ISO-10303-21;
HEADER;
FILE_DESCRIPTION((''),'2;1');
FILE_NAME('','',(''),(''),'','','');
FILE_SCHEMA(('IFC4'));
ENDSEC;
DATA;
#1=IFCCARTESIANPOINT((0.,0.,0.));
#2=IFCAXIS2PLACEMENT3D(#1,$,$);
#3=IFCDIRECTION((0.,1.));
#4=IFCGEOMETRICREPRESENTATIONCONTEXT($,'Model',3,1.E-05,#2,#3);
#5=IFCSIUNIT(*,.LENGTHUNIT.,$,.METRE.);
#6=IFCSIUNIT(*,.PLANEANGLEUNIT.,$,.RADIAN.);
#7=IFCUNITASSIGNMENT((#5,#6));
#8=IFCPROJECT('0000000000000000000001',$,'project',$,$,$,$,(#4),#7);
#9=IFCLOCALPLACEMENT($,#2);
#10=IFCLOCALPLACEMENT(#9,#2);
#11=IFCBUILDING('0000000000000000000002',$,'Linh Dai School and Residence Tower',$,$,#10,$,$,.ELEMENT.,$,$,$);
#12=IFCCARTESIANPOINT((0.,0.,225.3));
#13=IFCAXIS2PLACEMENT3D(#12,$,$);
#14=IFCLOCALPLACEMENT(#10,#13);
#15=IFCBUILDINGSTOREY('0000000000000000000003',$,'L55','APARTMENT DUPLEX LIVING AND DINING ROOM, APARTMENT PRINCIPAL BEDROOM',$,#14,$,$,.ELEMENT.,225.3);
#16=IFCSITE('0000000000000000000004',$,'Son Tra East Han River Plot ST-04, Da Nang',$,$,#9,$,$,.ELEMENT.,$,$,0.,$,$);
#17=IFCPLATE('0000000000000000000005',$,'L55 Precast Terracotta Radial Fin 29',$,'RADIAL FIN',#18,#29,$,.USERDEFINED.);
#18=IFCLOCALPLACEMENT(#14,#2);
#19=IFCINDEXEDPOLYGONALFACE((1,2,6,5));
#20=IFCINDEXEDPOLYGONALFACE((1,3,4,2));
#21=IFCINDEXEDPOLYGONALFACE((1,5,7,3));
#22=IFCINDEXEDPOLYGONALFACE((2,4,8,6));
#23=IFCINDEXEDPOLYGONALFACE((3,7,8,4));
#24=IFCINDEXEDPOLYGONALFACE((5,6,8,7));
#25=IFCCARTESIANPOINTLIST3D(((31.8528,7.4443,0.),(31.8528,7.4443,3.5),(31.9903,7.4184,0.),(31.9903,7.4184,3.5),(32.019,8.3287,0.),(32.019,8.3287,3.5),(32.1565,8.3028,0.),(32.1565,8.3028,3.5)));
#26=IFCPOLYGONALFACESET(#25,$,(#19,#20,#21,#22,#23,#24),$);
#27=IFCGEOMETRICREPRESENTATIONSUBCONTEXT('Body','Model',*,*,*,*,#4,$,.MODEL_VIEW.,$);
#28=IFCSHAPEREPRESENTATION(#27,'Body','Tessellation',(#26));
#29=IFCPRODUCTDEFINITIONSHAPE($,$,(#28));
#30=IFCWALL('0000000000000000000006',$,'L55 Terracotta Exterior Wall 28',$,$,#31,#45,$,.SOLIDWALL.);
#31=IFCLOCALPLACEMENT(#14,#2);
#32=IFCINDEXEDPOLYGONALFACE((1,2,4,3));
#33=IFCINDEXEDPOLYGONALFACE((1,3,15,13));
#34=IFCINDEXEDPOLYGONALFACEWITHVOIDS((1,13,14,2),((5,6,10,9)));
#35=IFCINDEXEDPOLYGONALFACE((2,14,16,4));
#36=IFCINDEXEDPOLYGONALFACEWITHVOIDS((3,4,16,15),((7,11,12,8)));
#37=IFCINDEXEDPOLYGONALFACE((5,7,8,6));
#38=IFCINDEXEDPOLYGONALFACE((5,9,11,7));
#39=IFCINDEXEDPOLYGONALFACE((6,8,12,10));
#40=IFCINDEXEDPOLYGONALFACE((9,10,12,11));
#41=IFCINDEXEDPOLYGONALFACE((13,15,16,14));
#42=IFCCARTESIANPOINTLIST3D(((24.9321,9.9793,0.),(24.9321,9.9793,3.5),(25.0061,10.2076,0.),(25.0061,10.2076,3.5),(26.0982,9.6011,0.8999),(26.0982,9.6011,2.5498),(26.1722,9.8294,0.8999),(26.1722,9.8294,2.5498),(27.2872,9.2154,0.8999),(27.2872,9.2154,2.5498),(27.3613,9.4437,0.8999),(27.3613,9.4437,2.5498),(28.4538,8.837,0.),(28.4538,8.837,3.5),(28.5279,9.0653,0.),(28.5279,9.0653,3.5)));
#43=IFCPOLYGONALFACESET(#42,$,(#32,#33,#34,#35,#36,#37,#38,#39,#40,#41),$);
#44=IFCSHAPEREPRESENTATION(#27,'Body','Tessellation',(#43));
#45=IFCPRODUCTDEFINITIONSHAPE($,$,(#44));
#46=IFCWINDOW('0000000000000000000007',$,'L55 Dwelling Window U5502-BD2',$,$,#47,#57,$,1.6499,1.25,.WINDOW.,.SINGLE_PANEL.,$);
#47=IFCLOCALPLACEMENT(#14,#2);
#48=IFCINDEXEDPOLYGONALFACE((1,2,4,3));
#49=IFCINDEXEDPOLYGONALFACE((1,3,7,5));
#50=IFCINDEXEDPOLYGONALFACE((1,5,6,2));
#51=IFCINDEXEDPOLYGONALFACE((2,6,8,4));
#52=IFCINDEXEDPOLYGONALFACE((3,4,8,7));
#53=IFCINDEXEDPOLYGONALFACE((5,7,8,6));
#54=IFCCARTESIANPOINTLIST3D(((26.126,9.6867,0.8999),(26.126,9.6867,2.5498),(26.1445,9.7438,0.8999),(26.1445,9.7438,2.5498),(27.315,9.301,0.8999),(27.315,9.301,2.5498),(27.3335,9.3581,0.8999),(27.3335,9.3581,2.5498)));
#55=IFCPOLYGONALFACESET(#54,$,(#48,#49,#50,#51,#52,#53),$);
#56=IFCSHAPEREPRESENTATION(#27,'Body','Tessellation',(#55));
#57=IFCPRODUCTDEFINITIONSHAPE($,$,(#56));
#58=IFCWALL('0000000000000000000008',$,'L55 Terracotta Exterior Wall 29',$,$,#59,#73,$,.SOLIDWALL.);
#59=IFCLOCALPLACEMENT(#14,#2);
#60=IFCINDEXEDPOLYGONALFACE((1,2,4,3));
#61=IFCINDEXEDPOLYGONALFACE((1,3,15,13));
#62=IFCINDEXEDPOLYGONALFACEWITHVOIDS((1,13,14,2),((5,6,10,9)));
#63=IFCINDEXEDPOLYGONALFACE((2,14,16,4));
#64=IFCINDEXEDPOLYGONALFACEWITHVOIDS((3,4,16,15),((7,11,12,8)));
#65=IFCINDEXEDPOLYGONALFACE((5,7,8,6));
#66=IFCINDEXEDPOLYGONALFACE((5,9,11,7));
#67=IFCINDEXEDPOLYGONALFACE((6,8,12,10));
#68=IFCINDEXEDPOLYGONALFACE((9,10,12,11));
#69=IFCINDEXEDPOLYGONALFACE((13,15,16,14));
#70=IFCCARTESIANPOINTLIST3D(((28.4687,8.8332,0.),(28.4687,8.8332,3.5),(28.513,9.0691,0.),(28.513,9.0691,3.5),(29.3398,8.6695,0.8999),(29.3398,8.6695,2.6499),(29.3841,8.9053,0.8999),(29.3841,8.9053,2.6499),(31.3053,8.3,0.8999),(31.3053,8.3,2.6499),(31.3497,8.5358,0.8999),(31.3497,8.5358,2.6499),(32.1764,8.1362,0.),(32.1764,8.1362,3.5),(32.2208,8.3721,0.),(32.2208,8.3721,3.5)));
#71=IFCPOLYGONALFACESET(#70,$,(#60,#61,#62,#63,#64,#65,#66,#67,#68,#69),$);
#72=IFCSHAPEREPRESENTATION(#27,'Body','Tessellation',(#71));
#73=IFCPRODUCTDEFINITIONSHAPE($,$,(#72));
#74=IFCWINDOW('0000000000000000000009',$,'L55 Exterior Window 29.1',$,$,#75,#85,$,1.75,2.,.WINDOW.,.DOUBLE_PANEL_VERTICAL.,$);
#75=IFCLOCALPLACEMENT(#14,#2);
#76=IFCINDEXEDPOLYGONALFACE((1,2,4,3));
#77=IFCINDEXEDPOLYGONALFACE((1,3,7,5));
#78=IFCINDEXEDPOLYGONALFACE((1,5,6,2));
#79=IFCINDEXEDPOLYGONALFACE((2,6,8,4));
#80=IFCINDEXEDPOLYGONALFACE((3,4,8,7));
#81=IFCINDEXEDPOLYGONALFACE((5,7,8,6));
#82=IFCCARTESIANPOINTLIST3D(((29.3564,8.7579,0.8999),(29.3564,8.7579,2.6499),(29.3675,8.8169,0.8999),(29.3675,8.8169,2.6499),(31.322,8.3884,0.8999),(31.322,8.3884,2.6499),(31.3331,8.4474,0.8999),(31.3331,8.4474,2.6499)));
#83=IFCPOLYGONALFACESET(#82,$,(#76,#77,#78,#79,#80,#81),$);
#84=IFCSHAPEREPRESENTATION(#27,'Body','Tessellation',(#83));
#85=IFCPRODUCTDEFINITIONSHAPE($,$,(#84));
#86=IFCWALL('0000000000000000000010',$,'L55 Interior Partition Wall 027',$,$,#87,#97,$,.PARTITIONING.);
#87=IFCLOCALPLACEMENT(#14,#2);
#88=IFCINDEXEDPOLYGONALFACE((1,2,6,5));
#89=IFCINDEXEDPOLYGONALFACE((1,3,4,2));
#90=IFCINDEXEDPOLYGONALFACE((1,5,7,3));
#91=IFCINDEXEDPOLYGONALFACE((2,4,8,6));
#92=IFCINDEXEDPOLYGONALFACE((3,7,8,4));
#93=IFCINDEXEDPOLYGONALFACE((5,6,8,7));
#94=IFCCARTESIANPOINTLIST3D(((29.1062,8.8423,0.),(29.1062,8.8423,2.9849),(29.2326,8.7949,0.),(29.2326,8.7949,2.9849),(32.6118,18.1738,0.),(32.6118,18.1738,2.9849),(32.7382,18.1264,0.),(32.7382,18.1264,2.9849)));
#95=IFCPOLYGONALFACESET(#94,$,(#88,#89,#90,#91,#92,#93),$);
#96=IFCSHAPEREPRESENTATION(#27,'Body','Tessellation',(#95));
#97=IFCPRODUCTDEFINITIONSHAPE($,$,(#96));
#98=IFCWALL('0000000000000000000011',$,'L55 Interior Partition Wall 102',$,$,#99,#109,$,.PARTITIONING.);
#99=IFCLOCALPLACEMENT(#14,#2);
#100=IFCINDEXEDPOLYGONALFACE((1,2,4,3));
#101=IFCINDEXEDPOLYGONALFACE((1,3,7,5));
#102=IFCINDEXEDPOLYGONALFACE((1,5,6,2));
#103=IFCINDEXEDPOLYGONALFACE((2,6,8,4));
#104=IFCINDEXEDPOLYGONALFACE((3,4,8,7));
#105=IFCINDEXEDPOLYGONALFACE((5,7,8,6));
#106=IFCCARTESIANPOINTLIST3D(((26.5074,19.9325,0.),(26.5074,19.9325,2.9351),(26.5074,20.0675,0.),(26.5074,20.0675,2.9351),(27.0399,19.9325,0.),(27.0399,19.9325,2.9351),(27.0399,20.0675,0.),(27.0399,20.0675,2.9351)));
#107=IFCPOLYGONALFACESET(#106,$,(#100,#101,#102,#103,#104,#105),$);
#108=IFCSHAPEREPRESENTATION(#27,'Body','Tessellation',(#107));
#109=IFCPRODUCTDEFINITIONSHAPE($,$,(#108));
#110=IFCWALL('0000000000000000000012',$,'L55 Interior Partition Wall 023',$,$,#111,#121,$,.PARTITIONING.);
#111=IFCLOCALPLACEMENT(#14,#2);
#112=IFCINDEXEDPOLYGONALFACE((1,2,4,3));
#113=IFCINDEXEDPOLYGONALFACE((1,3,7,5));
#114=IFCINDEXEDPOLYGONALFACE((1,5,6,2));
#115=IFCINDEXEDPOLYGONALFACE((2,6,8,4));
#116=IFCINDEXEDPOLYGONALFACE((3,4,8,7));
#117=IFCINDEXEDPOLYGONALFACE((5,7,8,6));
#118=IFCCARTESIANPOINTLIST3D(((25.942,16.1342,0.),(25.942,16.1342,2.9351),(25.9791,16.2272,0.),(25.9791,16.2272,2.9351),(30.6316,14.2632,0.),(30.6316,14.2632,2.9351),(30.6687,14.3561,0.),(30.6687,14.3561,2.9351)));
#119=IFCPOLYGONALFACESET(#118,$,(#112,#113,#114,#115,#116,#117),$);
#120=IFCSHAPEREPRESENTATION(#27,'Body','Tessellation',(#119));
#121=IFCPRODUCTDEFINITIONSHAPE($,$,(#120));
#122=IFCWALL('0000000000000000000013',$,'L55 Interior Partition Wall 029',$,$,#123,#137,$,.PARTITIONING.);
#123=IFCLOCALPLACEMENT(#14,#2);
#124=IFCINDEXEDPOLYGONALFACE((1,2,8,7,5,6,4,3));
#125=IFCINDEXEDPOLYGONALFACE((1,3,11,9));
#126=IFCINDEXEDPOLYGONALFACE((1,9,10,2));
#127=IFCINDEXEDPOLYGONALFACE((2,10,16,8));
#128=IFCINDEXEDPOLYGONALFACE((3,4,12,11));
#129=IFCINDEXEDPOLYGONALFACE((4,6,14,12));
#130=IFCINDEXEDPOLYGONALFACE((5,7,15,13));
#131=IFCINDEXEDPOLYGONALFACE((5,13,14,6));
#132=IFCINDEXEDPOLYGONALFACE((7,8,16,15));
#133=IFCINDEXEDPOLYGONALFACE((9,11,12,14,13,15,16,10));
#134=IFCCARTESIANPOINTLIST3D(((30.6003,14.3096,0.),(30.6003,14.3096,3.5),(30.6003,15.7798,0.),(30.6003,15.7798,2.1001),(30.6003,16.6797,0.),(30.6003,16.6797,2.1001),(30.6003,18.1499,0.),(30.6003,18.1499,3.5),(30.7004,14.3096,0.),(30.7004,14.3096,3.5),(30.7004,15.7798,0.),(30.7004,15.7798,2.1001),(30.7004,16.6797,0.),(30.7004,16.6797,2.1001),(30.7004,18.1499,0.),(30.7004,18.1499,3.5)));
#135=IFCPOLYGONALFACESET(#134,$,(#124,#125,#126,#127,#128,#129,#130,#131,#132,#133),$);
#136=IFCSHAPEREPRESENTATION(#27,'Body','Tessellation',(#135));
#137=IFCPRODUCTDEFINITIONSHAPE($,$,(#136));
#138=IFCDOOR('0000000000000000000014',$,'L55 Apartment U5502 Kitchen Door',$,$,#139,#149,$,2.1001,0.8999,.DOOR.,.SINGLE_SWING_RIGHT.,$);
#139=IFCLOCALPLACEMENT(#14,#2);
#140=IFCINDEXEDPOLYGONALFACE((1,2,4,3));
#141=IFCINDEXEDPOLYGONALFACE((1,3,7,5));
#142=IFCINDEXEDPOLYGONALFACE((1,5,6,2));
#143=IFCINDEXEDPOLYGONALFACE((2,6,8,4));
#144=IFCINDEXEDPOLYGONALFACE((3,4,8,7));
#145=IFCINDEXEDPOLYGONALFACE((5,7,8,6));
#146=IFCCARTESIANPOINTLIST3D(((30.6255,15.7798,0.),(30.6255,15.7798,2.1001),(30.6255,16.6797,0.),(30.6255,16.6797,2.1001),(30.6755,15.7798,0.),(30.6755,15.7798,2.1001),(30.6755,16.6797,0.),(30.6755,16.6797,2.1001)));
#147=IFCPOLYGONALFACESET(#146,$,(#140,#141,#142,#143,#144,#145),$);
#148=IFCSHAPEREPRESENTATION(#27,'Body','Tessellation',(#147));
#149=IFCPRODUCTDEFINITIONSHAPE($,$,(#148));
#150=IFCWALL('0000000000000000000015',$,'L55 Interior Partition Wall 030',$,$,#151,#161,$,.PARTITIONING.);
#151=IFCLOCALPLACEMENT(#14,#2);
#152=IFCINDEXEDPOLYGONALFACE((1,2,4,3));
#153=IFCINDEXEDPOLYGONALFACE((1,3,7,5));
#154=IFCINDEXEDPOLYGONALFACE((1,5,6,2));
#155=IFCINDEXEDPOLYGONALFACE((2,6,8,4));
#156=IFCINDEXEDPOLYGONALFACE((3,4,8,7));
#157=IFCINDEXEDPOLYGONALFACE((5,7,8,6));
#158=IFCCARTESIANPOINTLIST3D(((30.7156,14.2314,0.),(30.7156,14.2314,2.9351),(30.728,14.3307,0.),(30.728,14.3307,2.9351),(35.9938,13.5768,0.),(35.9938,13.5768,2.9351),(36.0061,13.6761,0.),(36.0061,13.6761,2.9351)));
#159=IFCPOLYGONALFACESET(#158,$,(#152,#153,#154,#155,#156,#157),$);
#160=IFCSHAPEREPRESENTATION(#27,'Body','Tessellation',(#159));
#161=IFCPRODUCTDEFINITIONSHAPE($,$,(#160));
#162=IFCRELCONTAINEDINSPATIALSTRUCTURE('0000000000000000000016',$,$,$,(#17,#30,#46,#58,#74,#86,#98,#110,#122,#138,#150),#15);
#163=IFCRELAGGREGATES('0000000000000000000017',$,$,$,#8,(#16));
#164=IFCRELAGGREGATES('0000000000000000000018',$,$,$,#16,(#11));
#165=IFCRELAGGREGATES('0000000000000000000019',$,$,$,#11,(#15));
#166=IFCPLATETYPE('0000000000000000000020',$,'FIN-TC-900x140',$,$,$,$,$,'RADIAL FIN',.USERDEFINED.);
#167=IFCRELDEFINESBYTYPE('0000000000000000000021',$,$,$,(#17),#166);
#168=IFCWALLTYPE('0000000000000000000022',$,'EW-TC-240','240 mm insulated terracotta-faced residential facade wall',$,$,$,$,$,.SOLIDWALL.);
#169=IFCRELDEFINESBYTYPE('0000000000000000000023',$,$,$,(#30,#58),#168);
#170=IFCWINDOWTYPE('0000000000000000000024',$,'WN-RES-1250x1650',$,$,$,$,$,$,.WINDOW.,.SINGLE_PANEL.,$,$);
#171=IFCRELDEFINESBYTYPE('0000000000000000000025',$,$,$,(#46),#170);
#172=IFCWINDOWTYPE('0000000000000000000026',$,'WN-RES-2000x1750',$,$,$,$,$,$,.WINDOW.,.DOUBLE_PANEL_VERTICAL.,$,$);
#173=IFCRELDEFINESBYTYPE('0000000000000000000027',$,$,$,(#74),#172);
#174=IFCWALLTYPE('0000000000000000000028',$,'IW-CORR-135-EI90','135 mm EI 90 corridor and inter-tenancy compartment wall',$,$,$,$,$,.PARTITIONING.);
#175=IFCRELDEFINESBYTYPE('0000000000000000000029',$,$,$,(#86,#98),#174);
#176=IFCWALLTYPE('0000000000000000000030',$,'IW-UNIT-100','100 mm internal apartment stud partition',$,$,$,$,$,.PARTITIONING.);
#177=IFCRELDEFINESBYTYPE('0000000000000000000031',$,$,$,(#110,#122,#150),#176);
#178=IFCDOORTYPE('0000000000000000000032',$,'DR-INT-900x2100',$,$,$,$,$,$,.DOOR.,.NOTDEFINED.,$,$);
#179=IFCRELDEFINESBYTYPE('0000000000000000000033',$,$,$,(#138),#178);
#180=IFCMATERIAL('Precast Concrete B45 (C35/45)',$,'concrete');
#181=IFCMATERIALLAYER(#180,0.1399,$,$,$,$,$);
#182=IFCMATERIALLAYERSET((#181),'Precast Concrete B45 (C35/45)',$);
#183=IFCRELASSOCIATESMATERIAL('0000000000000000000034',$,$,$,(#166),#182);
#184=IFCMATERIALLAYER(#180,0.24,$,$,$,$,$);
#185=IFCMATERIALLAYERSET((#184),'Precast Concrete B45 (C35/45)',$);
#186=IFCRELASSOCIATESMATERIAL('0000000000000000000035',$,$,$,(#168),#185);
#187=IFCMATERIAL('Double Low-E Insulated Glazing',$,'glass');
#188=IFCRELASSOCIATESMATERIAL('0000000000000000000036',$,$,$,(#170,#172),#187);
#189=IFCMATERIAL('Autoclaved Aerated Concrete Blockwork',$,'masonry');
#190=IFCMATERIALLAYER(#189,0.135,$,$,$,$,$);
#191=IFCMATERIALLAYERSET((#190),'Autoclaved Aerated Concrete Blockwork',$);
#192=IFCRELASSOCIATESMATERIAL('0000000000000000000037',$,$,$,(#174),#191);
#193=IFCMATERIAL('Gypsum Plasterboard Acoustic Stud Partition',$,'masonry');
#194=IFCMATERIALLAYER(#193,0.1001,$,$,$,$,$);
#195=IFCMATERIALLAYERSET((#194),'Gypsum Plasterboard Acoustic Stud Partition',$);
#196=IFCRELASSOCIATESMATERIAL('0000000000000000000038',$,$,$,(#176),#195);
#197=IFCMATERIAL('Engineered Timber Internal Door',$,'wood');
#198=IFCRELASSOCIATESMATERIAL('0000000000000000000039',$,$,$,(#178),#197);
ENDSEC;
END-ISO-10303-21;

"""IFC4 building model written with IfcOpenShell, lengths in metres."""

from ifc_helpers import new_model, si_unit, direction, frame, frame_2d, origin, origin_2d, place, context, subcontext, project, spatial, rectangle, extrude, source, transform, mapped, material, layer, layer_set, type_object, element, fill, save


model = new_model("IFC4")

# Units and contexts
model_context = context("Model", 3, precision=1e-05, world=origin(), true_north=direction((0.0, 1.0)))
body_context = subcontext(model_context, "Body", "Model", "MODEL_VIEW")
ifc_project = project(units=[si_unit("LENGTHUNIT", "METRE"), si_unit("PLANEANGLEUNIT", "RADIAN")], contexts=[model_context])

# Site, building, storey
site_placement = place(None, origin())
site = spatial("IfcSite", under=ifc_project, at=site_placement, Name="Son Tra East Han River Plot ST-04, Da Nang", CompositionType="ELEMENT", RefElevation=0.0)
building_placement = place(site_placement, origin())
building = spatial("IfcBuilding", under=site, at=building_placement, Name="Linh Dai School and Residence Tower", CompositionType="ELEMENT")
storey_placement = place(building_placement, frame((0.0, 0.0, 225.3)))
storey = spatial("IfcBuildingStorey", under=building, at=storey_placement, Name="L55", Description="APARTMENT DUPLEX LIVING AND DINING ROOM, APARTMENT PRINCIPAL BEDROOM", CompositionType="ELEMENT", Elevation=225.3)

# Plate
ifc_material_1 = material(Name="Precast Concrete B45 (C35/45)", Category="concrete")
ifc_layer_1 = layer(ifc_material_1, 0.1399)
ifc_layer_set_1 = layer_set([ifc_layer_1], Name="Precast Concrete B45 (C35/45)")
plate_type = type_object("IfcPlateType", Name="FIN-TC-900x140", ElementType="RADIAL FIN", PredefinedType="USERDEFINED", material=ifc_layer_set_1)
shared_shape_1 = source(origin(), body_context, "Body", "SweptSolid", [
    extrude(rectangle(XDim=0.8999, YDim=0.1399, at=origin_2d()), origin(), (0.0, 0.0, 1.0), 3.5),
])
plate_placement = place(storey_placement, frame((32.0046, 7.8735, 0.0), z_axis=(0.0, 0.0, 1.0), x_axis=(-0.184744, -0.982787, 0.0)))
element("IfcPlate", 1, at=plate_placement, inside=storey, type_object=plate_type, Name="L55 Precast Terracotta Radial Fin 29", ObjectType="RADIAL FIN", PredefinedType="USERDEFINED", context=body_context, shape_type="MappedRepresentation", body=[
    mapped(shared_shape_1, transform((0.0, 0.0, 0.0), x_axis=(1.0, 0.0, 0.0), y_axis=(0.0, 1.0, 0.0), z_axis=(0.0, 0.0, 1.0), scale=1.0)),
])

# Walls, openings, windows
ifc_layer_2 = layer(ifc_material_1, 0.24)
ifc_layer_set_2 = layer_set([ifc_layer_2], Name="Precast Concrete B45 (C35/45)")
wall_type_1 = type_object("IfcWallType", Name="EW-TC-240", Description="240 mm insulated terracotta-faced residential facade wall", PredefinedType="SOLIDWALL", material=ifc_layer_set_2)
wall_1_placement = place(storey_placement, frame((28.4907, 8.9512, 0.0), z_axis=(0.0, 0.0, 1.0), x_axis=(-0.951211, 0.308542, 0.0)))
wall_1 = element("IfcWall", 2, at=wall_1_placement, inside=storey, type_object=wall_type_1, Name="L55 Terracotta Exterior Wall 28", PredefinedType="SOLIDWALL", context=body_context, shape_type="SweptSolid", body=[
    extrude(rectangle(XDim=3.7024, YDim=0.24, at=frame_2d((1.8511, 0.0))), origin(), (0.0, 0.0, 1.0), 3.5),
])
opening_1_placement = place(wall_1_placement, frame((1.2263, 0.0, 0.8999)))
opening_1 = element("IfcOpeningElement", 3, at=opening_1_placement, cuts=wall_1, PredefinedType="OPENING", context=body_context, shape_type="SweptSolid", body=[
    extrude(rectangle(XDim=1.25, YDim=1.6499, at=origin_2d()), frame((0.625, 0.1299, 0.825), z_axis=(0.0, -1.0, 0.0), x_axis=(1.0, 0.0, 0.0)), (0.0, 0.0, 1.0), 0.26),
])
ifc_material_2 = material(Name="Double Low-E Insulated Glazing", Category="glass")
window_type_1 = type_object("IfcWindowType", Name="WN-RES-1250x1650", PartitioningType="SINGLE_PANEL", PredefinedType="WINDOW", material=ifc_material_2)
shared_shape_2 = source(origin(), body_context, "Body", "SweptSolid", [
    extrude(rectangle(XDim=1.25, YDim=1.6499, at=origin_2d()), frame((0.625, 0.03, 0.825), z_axis=(0.0, -1.0, 0.0), x_axis=(1.0, 0.0, 0.0)), (0.0, 0.0, 1.0), 0.0601),
])
window_1_placement = place(opening_1_placement, origin())
window_1 = element("IfcWindow", 4, at=window_1_placement, inside=storey, type_object=window_type_1, Name="L55 Dwelling Window U5502-BD2", OverallHeight=1.6499, OverallWidth=1.25, PartitioningType="SINGLE_PANEL", PredefinedType="WINDOW", context=body_context, shape_type="MappedRepresentation", body=[
    mapped(shared_shape_2, transform((0.0, 0.0, 0.0), x_axis=(1.0, 0.0, 0.0), y_axis=(0.0, 1.0, 0.0), z_axis=(0.0, 0.0, 1.0), scale=1.0)),
])
fill(opening_1, window_1)
wall_2_placement = place(storey_placement, frame((32.1985, 8.2542, 0.0), z_axis=(0.0, 0.0, 1.0), x_axis=(-0.982785, 0.184753, 0.0)))
wall_2 = element("IfcWall", 5, at=wall_2_placement, inside=storey, type_object=wall_type_1, Name="L55 Terracotta Exterior Wall 29", PredefinedType="SOLIDWALL", context=body_context, shape_type="SweptSolid", body=[
    extrude(rectangle(XDim=3.7727, YDim=0.24, at=frame_2d((1.8862, 0.0))), origin(), (0.0, 0.0, 1.0), 3.5),
])
opening_2_placement = place(wall_2_placement, frame((0.8862, 0.0, 0.8999)))
opening_2 = element("IfcOpeningElement", 6, at=opening_2_placement, cuts=wall_2, PredefinedType="OPENING", context=body_context, shape_type="SweptSolid", body=[
    extrude(rectangle(XDim=2.0, YDim=1.75, at=origin_2d()), frame((1.0, 0.1299, 0.875), z_axis=(0.0, -1.0, 0.0), x_axis=(1.0, 0.0, 0.0)), (0.0, 0.0, 1.0), 0.26),
])
window_type_2 = type_object("IfcWindowType", Name="WN-RES-2000x1750", PartitioningType="DOUBLE_PANEL_VERTICAL", PredefinedType="WINDOW", material=ifc_material_2)
shared_shape_3 = source(origin(), body_context, "Body", "SweptSolid", [
    extrude(rectangle(XDim=2.0, YDim=1.75, at=origin_2d()), frame((1.0, 0.03, 0.875), z_axis=(0.0, -1.0, 0.0), x_axis=(1.0, 0.0, 0.0)), (0.0, 0.0, 1.0), 0.0601),
])
window_2_placement = place(opening_2_placement, origin())
window_2 = element("IfcWindow", 7, at=window_2_placement, inside=storey, type_object=window_type_2, Name="L55 Exterior Window 29.1", OverallHeight=1.75, OverallWidth=2.0, PartitioningType="DOUBLE_PANEL_VERTICAL", PredefinedType="WINDOW", context=body_context, shape_type="MappedRepresentation", body=[
    mapped(shared_shape_3, transform((0.0, 0.0, 0.0), x_axis=(1.0, 0.0, 0.0), y_axis=(0.0, 1.0, 0.0), z_axis=(0.0, 0.0, 1.0), scale=1.0)),
])
fill(opening_2, window_2)

# Walls
ifc_material_3 = material(Name="Autoclaved Aerated Concrete Blockwork", Category="masonry")
ifc_layer_3 = layer(ifc_material_3, 0.135)
ifc_layer_set_3 = layer_set([ifc_layer_3], Name="Autoclaved Aerated Concrete Blockwork")
wall_type_2 = type_object("IfcWallType", Name="IW-CORR-135-EI90", Description="135 mm EI 90 corridor and inter-tenancy compartment wall", PredefinedType="PARTITIONING", material=ifc_layer_set_3)
wall_3_placement = place(storey_placement, frame((29.1694, 8.8186, 0.0), z_axis=(0.0, 0.0, 1.0), x_axis=(0.351676, 0.936122, 0.0)))
element("IfcWall", 8, at=wall_3_placement, inside=storey, type_object=wall_type_2, Name="L55 Interior Partition Wall 027", PredefinedType="PARTITIONING", context=body_context, shape_type="SweptSolid", body=[
    extrude(rectangle(XDim=9.9683, YDim=0.135, at=frame_2d((4.9841, 0.0))), origin(), (0.0, 0.0, 1.0), 2.9849),
])
wall_4_placement = place(storey_placement, frame((26.5076, 20.0, 0.0), z_axis=(0.0, 0.0, 1.0), x_axis=(1.0, 0.0, 0.0)))
element("IfcWall", 9, at=wall_4_placement, inside=storey, type_object=wall_type_2, Name="L55 Interior Partition Wall 102", PredefinedType="PARTITIONING", context=body_context, shape_type="SweptSolid", body=[
    extrude(rectangle(XDim=0.5325, YDim=0.135, at=frame_2d((0.2661, 0.0))), origin(), (0.0, 0.0, 1.0), 2.9351),
])

# Wall
ifc_material_4 = material(Name="Gypsum Plasterboard Acoustic Stud Partition", Category="masonry")
ifc_layer_4 = layer(ifc_material_4, 0.1001)
ifc_layer_set_4 = layer_set([ifc_layer_4], Name="Gypsum Plasterboard Acoustic Stud Partition")
wall_type_3 = type_object("IfcWallType", Name="IW-UNIT-100", Description="100 mm internal apartment stud partition", PredefinedType="PARTITIONING", material=ifc_layer_set_4)
wall_5_placement = place(storey_placement, frame((25.9607, 16.1807, 0.0), z_axis=(0.0, 0.0, 1.0), x_axis=(0.928803, -0.370574, 0.0)))
element("IfcWall", 10, at=wall_5_placement, inside=storey, type_object=wall_type_3, Name="L55 Interior Partition Wall 023", PredefinedType="PARTITIONING", context=body_context, shape_type="SweptSolid", body=[
    extrude(rectangle(XDim=5.0491, YDim=0.1001, at=frame_2d((2.5244, 0.0))), origin(), (0.0, 0.0, 1.0), 2.9351),
])

# Wall, opening, door
wall_6_placement = place(storey_placement, frame((30.6504, 14.3096, 0.0), z_axis=(0.0, 0.0, 1.0), x_axis=(0.0, 1.0, 0.0)))
wall_6 = element("IfcWall", 11, at=wall_6_placement, inside=storey, type_object=wall_type_3, Name="L55 Interior Partition Wall 029", PredefinedType="PARTITIONING", context=body_context, shape_type="SweptSolid", body=[
    extrude(rectangle(XDim=3.8403, YDim=0.1001, at=frame_2d((1.9202, 0.0))), origin(), (0.0, 0.0, 1.0), 3.5),
])
opening_3_placement = place(wall_6_placement, frame((1.4702, 0.0, 0.0)))
opening_3 = element("IfcOpeningElement", 12, at=opening_3_placement, cuts=wall_6, PredefinedType="OPENING", context=body_context, shape_type="SweptSolid", body=[
    extrude(rectangle(XDim=0.8999, YDim=2.1001, at=origin_2d()), frame((0.45, 0.0601, 1.05), z_axis=(0.0, -1.0, 0.0), x_axis=(1.0, 0.0, 0.0)), (0.0, 0.0, 1.0), 0.1201),
])
ifc_material_5 = material(Name="Engineered Timber Internal Door", Category="wood")
door_type_1 = type_object("IfcDoorType", Name="DR-INT-900x2100", OperationType="NOTDEFINED", PredefinedType="DOOR", material=ifc_material_5)
shared_shape_4 = source(origin(), body_context, "Body", "SweptSolid", [
    extrude(rectangle(XDim=0.8999, YDim=2.1001, at=origin_2d()), frame((0.45, 0.0249, 1.05), z_axis=(0.0, -1.0, 0.0), x_axis=(1.0, 0.0, 0.0)), (0.0, 0.0, 1.0), 0.05),
])
door_1_placement = place(opening_3_placement, origin())
door_1 = element("IfcDoor", 13, at=door_1_placement, inside=storey, type_object=door_type_1, Name="L55 Apartment U5502 Kitchen Door", OperationType="SINGLE_SWING_RIGHT", OverallHeight=2.1001, OverallWidth=0.8999, PredefinedType="DOOR", context=body_context, shape_type="MappedRepresentation", body=[
    mapped(shared_shape_4, transform((0.0, 0.0, 0.0), x_axis=(1.0, 0.0, 0.0), y_axis=(0.0, 1.0, 0.0), z_axis=(0.0, 0.0, 1.0), scale=1.0)),
])
fill(opening_3, door_1)

# Wall
wall_7_placement = place(storey_placement, frame((30.7219, 14.281, 0.0), z_axis=(0.0, 0.0, 1.0), x_axis=(0.992398, -0.123069, 0.0)))
element("IfcWall", 14, at=wall_7_placement, inside=storey, type_object=wall_type_3, Name="L55 Interior Partition Wall 030", PredefinedType="PARTITIONING", context=body_context, shape_type="SweptSolid", body=[
    extrude(rectangle(XDim=5.3186, YDim=0.1001, at=frame_2d((2.6592, 0.0))), origin(), (0.0, 0.0, 1.0), 2.9351),
])

save(model, "model.ifc")
